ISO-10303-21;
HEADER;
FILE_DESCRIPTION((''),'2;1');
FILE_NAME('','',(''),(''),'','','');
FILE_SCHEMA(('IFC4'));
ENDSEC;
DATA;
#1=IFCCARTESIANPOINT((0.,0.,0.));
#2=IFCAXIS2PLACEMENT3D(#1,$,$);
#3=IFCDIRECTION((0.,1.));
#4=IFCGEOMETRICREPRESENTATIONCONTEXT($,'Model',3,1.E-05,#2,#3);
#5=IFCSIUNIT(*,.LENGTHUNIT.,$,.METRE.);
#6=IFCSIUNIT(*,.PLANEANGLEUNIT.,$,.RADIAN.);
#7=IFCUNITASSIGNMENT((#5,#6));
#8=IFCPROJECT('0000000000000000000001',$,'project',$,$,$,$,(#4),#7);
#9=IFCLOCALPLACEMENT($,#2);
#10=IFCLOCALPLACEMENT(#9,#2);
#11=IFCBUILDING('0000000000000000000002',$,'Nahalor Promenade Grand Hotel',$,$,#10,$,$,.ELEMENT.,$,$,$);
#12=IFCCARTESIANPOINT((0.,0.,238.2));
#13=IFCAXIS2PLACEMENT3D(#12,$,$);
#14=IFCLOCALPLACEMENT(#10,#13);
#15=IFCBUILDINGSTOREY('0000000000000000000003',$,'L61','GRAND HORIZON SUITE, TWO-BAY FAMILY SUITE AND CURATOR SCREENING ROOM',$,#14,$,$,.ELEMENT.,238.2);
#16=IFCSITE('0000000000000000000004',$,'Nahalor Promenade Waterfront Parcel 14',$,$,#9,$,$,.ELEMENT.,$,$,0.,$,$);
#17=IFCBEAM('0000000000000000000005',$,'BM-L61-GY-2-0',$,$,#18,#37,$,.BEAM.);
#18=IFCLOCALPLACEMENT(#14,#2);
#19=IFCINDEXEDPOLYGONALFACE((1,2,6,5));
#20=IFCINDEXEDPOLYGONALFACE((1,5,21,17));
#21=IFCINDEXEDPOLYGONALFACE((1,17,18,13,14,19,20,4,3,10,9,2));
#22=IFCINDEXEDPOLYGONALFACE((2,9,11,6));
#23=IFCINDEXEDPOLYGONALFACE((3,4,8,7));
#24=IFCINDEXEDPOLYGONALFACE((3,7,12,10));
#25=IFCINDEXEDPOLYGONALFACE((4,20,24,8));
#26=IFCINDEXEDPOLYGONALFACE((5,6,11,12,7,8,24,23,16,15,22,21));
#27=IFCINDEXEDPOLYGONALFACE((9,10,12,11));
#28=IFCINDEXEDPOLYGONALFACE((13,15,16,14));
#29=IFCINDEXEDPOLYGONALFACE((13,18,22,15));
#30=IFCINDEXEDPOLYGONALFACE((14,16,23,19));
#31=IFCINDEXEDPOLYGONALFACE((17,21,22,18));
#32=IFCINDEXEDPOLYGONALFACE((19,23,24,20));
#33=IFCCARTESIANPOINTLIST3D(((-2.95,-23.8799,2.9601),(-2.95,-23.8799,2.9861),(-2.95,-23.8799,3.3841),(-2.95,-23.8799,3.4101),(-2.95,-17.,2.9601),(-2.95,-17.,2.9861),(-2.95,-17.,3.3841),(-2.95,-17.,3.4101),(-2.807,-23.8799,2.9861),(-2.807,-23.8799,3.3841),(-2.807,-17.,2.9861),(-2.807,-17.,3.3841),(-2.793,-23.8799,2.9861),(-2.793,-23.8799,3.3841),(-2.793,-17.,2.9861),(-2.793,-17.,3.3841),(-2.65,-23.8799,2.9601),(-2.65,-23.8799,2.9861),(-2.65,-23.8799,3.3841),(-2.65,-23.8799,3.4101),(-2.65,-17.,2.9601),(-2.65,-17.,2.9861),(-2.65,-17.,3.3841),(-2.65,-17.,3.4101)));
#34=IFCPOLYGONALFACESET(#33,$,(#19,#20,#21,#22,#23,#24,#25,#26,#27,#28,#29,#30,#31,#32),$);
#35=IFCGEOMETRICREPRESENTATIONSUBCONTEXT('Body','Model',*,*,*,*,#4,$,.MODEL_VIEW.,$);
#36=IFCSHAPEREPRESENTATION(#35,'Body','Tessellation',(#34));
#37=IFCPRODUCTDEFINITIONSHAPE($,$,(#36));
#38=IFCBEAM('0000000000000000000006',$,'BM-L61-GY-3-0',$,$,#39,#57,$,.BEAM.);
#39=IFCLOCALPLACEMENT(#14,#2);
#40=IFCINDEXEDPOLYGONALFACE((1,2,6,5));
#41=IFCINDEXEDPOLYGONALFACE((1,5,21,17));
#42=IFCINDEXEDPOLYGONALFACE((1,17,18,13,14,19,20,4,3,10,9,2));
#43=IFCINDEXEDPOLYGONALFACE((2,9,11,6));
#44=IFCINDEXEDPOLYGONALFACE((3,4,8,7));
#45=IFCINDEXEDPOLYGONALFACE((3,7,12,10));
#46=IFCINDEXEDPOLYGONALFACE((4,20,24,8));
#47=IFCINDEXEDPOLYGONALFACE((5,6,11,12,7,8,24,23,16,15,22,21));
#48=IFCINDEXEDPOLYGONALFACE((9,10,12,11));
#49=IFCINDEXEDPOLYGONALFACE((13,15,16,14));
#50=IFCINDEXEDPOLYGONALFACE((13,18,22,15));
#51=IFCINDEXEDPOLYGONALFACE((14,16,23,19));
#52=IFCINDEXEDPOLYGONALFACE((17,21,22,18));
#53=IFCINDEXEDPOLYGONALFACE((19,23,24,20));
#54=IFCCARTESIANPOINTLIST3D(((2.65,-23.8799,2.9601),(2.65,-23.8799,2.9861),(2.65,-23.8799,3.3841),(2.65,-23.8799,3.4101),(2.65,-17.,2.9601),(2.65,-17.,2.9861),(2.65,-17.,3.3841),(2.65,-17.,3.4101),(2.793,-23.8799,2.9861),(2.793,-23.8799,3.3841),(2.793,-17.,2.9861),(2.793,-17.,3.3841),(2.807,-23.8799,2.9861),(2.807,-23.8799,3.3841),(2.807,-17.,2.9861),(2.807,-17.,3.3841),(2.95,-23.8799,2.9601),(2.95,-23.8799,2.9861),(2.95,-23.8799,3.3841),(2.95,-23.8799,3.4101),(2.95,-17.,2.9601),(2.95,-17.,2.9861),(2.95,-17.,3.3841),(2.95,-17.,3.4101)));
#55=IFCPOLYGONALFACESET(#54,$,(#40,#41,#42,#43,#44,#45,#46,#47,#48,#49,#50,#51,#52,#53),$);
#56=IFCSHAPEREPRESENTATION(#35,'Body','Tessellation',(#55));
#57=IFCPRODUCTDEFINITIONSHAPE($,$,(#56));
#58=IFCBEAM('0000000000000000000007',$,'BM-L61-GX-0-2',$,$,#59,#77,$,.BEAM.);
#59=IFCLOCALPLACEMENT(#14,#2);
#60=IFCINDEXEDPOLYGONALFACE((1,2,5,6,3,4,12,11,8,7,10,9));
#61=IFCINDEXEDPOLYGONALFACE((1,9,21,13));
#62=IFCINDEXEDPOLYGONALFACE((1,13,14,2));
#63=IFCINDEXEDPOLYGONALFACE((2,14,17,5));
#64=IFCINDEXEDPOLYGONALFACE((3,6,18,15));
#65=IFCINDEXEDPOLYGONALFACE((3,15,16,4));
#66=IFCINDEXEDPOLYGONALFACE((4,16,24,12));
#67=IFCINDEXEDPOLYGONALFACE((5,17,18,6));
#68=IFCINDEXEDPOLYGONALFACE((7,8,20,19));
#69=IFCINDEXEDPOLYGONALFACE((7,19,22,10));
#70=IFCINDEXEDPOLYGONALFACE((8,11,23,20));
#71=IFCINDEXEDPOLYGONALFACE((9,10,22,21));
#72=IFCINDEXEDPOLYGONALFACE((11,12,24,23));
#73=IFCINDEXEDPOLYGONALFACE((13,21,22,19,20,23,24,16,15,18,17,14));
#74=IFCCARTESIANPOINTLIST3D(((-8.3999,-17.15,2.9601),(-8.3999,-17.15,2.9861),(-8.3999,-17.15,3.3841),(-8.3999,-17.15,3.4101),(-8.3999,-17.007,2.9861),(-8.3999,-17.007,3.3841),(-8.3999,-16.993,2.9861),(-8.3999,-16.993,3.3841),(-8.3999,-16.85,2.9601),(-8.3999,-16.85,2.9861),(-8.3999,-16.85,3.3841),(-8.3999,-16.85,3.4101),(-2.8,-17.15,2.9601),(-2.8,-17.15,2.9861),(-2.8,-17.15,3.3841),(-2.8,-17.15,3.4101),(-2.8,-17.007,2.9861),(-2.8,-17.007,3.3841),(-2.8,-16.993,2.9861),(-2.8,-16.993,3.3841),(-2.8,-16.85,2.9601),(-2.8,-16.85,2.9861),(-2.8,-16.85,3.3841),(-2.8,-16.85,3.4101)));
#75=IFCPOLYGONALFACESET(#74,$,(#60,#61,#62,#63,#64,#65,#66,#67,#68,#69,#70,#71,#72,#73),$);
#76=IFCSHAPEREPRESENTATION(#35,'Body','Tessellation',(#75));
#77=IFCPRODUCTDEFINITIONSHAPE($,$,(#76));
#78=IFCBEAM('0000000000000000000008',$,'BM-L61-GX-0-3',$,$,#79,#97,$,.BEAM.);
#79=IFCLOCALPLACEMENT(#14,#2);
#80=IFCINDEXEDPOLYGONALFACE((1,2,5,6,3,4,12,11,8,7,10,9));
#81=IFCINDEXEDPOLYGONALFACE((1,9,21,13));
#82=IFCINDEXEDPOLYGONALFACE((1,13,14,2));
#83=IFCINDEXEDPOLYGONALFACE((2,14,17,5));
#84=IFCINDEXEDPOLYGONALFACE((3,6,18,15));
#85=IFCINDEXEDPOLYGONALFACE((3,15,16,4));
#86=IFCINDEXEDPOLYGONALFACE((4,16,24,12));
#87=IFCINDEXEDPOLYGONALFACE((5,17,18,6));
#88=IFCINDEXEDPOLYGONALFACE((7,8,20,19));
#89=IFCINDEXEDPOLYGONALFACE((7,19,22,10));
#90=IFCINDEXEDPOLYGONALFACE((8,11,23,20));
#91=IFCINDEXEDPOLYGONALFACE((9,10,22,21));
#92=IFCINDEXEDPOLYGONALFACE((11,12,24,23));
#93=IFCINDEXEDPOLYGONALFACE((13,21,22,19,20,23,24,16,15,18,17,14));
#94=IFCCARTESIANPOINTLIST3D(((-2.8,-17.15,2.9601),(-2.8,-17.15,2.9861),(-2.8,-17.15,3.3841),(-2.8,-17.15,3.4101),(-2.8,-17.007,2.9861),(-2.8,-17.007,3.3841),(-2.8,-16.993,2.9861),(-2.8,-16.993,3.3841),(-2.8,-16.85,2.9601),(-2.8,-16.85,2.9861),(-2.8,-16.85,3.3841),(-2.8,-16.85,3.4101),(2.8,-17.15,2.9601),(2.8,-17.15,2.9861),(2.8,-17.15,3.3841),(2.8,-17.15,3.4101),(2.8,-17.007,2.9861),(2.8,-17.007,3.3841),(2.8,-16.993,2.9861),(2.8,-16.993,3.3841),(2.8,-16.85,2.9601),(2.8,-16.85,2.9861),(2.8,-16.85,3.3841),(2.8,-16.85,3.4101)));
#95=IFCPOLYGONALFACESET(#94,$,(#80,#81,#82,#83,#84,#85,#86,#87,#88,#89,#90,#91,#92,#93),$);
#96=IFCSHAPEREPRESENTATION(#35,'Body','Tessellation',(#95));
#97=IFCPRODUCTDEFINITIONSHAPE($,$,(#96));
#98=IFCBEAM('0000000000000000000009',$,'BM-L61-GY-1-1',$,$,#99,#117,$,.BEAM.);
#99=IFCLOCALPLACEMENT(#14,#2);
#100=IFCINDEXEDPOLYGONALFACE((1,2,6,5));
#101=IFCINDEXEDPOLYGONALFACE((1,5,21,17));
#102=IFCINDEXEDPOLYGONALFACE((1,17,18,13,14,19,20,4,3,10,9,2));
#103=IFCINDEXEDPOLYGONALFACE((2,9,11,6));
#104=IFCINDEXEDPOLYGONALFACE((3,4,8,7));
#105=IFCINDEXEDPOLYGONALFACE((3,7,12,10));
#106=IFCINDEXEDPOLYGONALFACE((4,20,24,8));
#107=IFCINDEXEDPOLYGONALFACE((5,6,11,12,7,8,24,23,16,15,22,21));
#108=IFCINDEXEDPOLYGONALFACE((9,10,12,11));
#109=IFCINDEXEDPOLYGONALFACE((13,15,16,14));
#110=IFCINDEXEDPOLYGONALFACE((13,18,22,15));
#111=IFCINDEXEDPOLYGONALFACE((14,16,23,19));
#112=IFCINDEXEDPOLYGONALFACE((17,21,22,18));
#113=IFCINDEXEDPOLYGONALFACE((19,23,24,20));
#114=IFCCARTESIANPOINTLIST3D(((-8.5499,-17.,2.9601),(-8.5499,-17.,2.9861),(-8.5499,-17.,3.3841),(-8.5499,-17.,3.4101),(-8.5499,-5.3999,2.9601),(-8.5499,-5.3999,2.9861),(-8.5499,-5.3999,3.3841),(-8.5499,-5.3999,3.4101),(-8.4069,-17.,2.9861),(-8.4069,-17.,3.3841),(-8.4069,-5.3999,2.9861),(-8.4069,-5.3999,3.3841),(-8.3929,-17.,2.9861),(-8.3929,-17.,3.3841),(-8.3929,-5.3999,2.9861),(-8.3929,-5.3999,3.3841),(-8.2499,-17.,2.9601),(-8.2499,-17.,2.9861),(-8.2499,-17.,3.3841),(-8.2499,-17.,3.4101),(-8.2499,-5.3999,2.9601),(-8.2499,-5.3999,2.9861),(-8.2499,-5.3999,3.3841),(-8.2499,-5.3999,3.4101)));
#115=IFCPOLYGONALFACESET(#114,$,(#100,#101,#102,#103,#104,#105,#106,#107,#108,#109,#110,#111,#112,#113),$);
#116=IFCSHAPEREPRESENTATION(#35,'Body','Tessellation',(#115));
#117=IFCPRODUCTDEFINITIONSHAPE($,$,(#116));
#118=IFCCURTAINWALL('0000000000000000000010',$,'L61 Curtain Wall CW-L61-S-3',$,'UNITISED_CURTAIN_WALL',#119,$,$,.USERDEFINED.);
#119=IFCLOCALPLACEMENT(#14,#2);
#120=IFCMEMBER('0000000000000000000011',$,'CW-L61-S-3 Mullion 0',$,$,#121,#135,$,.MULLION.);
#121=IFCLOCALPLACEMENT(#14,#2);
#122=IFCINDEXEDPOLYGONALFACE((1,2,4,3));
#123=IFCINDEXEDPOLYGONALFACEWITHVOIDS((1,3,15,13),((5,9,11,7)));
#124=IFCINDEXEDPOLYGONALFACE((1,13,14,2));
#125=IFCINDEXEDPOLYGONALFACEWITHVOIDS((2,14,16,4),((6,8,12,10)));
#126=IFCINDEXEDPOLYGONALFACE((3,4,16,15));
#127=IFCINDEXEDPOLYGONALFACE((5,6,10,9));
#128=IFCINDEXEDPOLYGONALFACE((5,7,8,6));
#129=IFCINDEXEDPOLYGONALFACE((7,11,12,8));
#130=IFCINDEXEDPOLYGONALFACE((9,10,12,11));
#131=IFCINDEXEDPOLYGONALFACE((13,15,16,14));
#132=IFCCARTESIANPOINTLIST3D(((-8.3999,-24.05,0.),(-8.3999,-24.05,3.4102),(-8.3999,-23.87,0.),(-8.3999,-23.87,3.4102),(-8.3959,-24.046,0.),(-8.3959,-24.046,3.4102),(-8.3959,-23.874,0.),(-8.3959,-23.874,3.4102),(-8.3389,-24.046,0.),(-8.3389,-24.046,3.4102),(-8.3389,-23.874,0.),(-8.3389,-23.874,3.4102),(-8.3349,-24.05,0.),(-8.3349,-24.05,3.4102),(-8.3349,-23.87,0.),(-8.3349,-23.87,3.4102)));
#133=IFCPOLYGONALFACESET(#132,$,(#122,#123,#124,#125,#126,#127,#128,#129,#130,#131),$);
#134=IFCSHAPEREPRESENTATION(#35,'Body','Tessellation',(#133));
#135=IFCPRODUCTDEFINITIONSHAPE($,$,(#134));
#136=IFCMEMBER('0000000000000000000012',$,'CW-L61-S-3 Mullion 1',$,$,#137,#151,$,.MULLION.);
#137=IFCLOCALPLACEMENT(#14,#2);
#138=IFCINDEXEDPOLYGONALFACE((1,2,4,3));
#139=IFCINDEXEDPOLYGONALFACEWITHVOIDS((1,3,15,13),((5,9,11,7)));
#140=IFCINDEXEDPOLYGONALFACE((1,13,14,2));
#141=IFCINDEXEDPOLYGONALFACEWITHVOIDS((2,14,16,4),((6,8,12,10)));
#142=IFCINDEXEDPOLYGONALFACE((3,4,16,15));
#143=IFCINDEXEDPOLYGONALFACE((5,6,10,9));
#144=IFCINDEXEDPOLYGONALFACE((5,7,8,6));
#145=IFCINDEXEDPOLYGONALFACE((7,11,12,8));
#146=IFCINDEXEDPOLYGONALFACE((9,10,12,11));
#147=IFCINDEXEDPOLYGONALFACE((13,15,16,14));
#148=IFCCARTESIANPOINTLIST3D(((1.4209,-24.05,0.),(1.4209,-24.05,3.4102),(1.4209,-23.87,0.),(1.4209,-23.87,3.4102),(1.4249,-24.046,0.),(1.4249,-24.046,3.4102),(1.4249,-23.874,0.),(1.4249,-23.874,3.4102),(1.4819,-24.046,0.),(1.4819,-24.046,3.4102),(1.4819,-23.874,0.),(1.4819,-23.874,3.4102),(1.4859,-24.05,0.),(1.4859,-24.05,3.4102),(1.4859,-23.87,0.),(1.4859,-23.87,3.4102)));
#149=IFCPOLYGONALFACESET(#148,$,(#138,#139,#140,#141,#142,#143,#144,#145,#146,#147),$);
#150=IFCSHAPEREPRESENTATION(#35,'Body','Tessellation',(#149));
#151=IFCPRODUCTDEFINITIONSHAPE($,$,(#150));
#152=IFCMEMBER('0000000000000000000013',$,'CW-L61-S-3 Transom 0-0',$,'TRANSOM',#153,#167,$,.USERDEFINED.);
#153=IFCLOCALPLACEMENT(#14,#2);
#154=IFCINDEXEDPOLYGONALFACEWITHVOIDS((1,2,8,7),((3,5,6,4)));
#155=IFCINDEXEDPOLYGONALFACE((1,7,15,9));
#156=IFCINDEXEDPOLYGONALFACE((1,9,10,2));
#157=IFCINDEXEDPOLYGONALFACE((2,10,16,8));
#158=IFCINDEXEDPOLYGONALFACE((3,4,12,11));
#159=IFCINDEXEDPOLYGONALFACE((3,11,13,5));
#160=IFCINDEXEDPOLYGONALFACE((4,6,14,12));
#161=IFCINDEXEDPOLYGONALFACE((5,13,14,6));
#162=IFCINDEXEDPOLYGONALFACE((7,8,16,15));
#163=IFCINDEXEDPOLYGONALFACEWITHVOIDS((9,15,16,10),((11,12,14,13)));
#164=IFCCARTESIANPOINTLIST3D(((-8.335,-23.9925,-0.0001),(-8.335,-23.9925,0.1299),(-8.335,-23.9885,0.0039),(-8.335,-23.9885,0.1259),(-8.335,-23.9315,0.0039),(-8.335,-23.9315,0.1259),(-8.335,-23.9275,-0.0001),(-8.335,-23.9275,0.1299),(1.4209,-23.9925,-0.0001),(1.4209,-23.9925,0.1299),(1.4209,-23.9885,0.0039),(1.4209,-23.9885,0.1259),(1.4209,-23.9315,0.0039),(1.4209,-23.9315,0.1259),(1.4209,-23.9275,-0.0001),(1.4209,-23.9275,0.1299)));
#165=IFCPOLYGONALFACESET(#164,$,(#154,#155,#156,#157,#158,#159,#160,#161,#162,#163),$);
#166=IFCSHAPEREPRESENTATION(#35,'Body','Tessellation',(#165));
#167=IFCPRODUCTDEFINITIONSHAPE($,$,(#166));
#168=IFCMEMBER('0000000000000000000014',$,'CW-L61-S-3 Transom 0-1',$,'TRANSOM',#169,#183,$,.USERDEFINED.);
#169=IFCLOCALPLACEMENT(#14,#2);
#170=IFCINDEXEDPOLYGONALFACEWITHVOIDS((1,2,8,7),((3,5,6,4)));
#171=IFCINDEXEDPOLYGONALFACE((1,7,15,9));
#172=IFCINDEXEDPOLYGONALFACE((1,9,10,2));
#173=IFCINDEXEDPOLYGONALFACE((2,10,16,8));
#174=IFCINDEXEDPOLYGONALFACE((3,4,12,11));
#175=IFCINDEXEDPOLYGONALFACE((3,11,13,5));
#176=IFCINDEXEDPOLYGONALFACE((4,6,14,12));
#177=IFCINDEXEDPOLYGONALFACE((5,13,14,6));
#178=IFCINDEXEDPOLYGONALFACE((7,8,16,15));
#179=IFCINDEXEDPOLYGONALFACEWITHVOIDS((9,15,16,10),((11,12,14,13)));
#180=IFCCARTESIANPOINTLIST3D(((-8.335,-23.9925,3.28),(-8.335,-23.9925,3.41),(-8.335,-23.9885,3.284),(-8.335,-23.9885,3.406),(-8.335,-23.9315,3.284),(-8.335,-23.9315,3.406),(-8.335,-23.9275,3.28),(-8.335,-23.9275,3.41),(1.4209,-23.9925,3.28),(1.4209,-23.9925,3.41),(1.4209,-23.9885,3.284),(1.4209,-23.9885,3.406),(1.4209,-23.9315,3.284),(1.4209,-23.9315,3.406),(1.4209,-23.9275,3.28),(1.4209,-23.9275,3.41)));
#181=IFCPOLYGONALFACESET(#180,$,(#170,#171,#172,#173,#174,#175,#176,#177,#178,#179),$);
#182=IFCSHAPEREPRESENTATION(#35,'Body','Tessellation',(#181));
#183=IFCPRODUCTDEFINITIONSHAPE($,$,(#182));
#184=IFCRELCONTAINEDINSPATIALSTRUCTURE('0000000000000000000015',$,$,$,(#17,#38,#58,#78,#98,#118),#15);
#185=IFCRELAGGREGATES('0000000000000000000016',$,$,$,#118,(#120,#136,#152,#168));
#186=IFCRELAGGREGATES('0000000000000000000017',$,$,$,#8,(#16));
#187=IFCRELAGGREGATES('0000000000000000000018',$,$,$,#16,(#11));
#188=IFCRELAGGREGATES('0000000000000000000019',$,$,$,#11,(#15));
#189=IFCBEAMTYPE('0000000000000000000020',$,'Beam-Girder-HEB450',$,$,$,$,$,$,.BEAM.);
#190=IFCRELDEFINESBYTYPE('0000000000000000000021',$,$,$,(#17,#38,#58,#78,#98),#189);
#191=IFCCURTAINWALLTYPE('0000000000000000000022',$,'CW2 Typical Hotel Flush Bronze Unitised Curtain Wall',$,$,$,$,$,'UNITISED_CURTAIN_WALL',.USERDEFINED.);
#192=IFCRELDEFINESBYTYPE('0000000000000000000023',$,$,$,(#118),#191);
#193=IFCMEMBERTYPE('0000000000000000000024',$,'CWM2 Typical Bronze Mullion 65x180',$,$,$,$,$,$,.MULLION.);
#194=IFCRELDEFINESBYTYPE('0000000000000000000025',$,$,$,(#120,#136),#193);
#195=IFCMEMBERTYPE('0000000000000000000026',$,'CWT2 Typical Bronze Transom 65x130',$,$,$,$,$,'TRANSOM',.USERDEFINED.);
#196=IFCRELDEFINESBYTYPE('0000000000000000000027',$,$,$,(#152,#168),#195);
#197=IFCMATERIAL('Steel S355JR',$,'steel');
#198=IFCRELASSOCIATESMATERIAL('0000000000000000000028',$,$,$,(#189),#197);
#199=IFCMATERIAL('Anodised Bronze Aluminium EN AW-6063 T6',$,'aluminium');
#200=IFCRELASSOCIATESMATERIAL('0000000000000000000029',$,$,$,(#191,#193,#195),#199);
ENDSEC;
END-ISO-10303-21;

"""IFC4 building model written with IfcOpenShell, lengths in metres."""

from ifc_helpers import new_model, si_unit, direction, frame, origin, origin_2d, place, context, subcontext, project, spatial, hollow_rectangle, i_section, extrude, source, transform, mapped, material, material_profile, profile_set, type_object, element, aggregate, save


model = new_model("IFC4")

# Units and contexts
model_context = context("Model", 3, precision=1e-05, world=origin(), true_north=direction((0.0, 1.0)))
body_context = subcontext(model_context, "Body", "Model", "MODEL_VIEW")
ifc_project = project(units=[si_unit("LENGTHUNIT", "METRE"), si_unit("PLANEANGLEUNIT", "RADIAN")], contexts=[model_context])

# Site, building, storey
site_placement = place(None, origin())
site = spatial("IfcSite", under=ifc_project, at=site_placement, Name="Nahalor Promenade Waterfront Parcel 14", CompositionType="ELEMENT", RefElevation=0.0)
building_placement = place(site_placement, origin())
building = spatial("IfcBuilding", under=site, at=building_placement, Name="Nahalor Promenade Grand Hotel", CompositionType="ELEMENT")
storey_placement = place(building_placement, frame((0.0, 0.0, 238.2)))
storey = spatial("IfcBuildingStorey", under=building, at=storey_placement, Name="L61", Description="GRAND HORIZON SUITE, TWO-BAY FAMILY SUITE AND CURATOR SCREENING ROOM", CompositionType="ELEMENT", Elevation=238.2)

# Shared definitions
ifc_material_1 = material(Name="Steel S355JR", Category="steel")

# Beams
ifc_material_profile_1 = material_profile(ifc_material_1, i_section(OverallWidth=0.3, OverallDepth=0.45, WebThickness=0.014, FlangeThickness=0.026, at=origin_2d()), Name="HEB 450")
ifc_profile_set_1 = profile_set([ifc_material_profile_1], Name="Steel S355JR")
beam_type_1 = type_object("IfcBeamType", Name="Beam-Girder-HEB450", PredefinedType="BEAM", material=ifc_profile_set_1)
shared_shape_1 = source(origin(), body_context, "Body", "SweptSolid", [
    extrude(i_section(OverallWidth=0.3, OverallDepth=0.45, WebThickness=0.014, FlangeThickness=0.026, at=origin_2d()), origin(), (0.0, 0.0, 1.0), 6.8799),
])
for number, where, z_axis, x_axis, name in (
    (1, (-2.8, -23.8799, 3.1851), (0.0, 1.0, 0.0), (-1.0, 0.0, 0.0), "BM-L61-GY-2-0"),
    (2, (2.8, -23.8799, 3.1851), (0.0, 1.0, 0.0), (-1.0, 0.0, 0.0), "BM-L61-GY-3-0"),
):
    element("IfcBeam", number, at=place(storey_placement, frame(where, z_axis=z_axis, x_axis=x_axis)), inside=storey, type_object=beam_type_1, Name=name, PredefinedType="BEAM", context=body_context, shape_type="MappedRepresentation", body=[
        mapped(shared_shape_1, transform((0.0, 0.0, 0.0), scale=1.0)),
    ])
shared_shape_2 = source(origin(), body_context, "Body", "SweptSolid", [
    extrude(i_section(OverallWidth=0.3, OverallDepth=0.45, WebThickness=0.014, FlangeThickness=0.026, at=origin_2d()), origin(), (0.0, 0.0, 1.0), 5.5999),
])
beam_1_placement = place(storey_placement, frame((-8.3999, -17.0, 3.1851), z_axis=(1.0, 0.0, 0.0), x_axis=(0.0, 1.0, 0.0)))
element("IfcBeam", 3, at=beam_1_placement, inside=storey, type_object=beam_type_1, Name="BM-L61-GX-0-2", PredefinedType="BEAM", context=body_context, shape_type="MappedRepresentation", body=[
    mapped(shared_shape_2, transform((0.0, 0.0, 0.0), scale=1.0)),
])
shared_shape_3 = source(origin(), body_context, "Body", "SweptSolid", [
    extrude(i_section(OverallWidth=0.3, OverallDepth=0.45, WebThickness=0.014, FlangeThickness=0.026, at=origin_2d()), origin(), (0.0, 0.0, 1.0), 5.6001),
])
beam_2_placement = place(storey_placement, frame((-2.8, -17.0, 3.1851), z_axis=(1.0, 0.0, 0.0), x_axis=(0.0, 1.0, 0.0)))
element("IfcBeam", 4, at=beam_2_placement, inside=storey, type_object=beam_type_1, Name="BM-L61-GX-0-3", PredefinedType="BEAM", context=body_context, shape_type="MappedRepresentation", body=[
    mapped(shared_shape_3, transform((0.0, 0.0, 0.0), scale=1.0)),
])
shared_shape_4 = source(origin(), body_context, "Body", "SweptSolid", [
    extrude(i_section(OverallWidth=0.3, OverallDepth=0.45, WebThickness=0.014, FlangeThickness=0.026, at=origin_2d()), origin(), (0.0, 0.0, 1.0), 11.6001),
])
beam_3_placement = place(storey_placement, frame((-8.3999, -17.0, 3.1851), z_axis=(0.0, 1.0, 0.0), x_axis=(-1.0, 0.0, 0.0)))
element("IfcBeam", 5, at=beam_3_placement, inside=storey, type_object=beam_type_1, Name="BM-L61-GY-1-1", PredefinedType="BEAM", context=body_context, shape_type="MappedRepresentation", body=[
    mapped(shared_shape_4, transform((0.0, 0.0, 0.0), scale=1.0)),
])

# Curtain wall, members
ifc_material_2 = material(Name="Anodised Bronze Aluminium EN AW-6063 T6", Category="aluminium")
curtain_wall_type = type_object("IfcCurtainWallType", Name="CW2 Typical Hotel Flush Bronze Unitised Curtain Wall", ElementType="UNITISED_CURTAIN_WALL", PredefinedType="USERDEFINED", material=ifc_material_2)
curtain_wall_placement = place(storey_placement, origin())
curtain_wall = element("IfcCurtainWall", 6, at=curtain_wall_placement, inside=storey, type_object=curtain_wall_type, Name="L61 Curtain Wall CW-L61-S-3", ObjectType="UNITISED_CURTAIN_WALL", PredefinedType="USERDEFINED")
ifc_material_profile_2 = material_profile(ifc_material_2, hollow_rectangle(XDim=0.065, YDim=0.18, WallThickness=0.004, at=origin_2d()), Name="CWM 65x180x4")
ifc_profile_set_2 = profile_set([ifc_material_profile_2], Name="Anodised Bronze Aluminium EN AW-6063 T6")
member_type_1 = type_object("IfcMemberType", Name="CWM2 Typical Bronze Mullion 65x180", PredefinedType="MULLION", material=ifc_profile_set_2)
shared_shape_5 = source(origin(), body_context, "Body", "SweptSolid", [
    extrude(hollow_rectangle(XDim=0.065, YDim=0.18, WallThickness=0.004, at=origin_2d()), origin(), (0.0, 0.0, 1.0), 3.4102),
])
member_1_placement = place(storey_placement, frame((-8.3674, -23.96, 0.0), z_axis=(0.0, 0.0, 1.0), x_axis=(1.0, 0.0, 0.0)))
member_1 = element("IfcMember", 7, at=member_1_placement, type_object=member_type_1, Name="CW-L61-S-3 Mullion 0", PredefinedType="MULLION", context=body_context, shape_type="MappedRepresentation", body=[
    mapped(shared_shape_5, transform((0.0, 0.0, 0.0), scale=1.0)),
])
member_2_placement = place(storey_placement, frame((1.4534, -23.96, 0.0), z_axis=(0.0, 0.0, 1.0), x_axis=(1.0, 0.0, 0.0)))
member_2 = element("IfcMember", 8, at=member_2_placement, type_object=member_type_1, Name="CW-L61-S-3 Mullion 1", PredefinedType="MULLION", context=body_context, shape_type="MappedRepresentation", body=[
    mapped(shared_shape_5, transform((0.0, 0.0, 0.0), scale=1.0)),
])
ifc_material_profile_3 = material_profile(ifc_material_2, hollow_rectangle(XDim=0.065, YDim=0.13, WallThickness=0.004, at=origin_2d()), Name="CWT 65x130x4")
ifc_profile_set_3 = profile_set([ifc_material_profile_3], Name="Anodised Bronze Aluminium EN AW-6063 T6")
member_type_2 = type_object("IfcMemberType", Name="CWT2 Typical Bronze Transom 65x130", ElementType="TRANSOM", PredefinedType="USERDEFINED", material=ifc_profile_set_3)
shared_shape_6 = source(origin(), body_context, "Body", "SweptSolid", [
    extrude(hollow_rectangle(XDim=0.065, YDim=0.13, WallThickness=0.004, at=origin_2d()), origin(), (0.0, 0.0, 1.0), 9.7559),
])
member_3_placement = place(storey_placement, frame((-8.335, -23.96, 0.0649), z_axis=(1.0, 0.0, 0.0), x_axis=(0.0, 1.0, 0.0)))
member_3 = element("IfcMember", 9, at=member_3_placement, type_object=member_type_2, Name="CW-L61-S-3 Transom 0-0", ObjectType="TRANSOM", PredefinedType="USERDEFINED", context=body_context, shape_type="MappedRepresentation", body=[
    mapped(shared_shape_6, transform((0.0, 0.0, 0.0), scale=1.0)),
])
member_4_placement = place(storey_placement, frame((-8.335, -23.96, 3.345), z_axis=(1.0, 0.0, 0.0), x_axis=(0.0, 1.0, 0.0)))
member_4 = element("IfcMember", 10, at=member_4_placement, type_object=member_type_2, Name="CW-L61-S-3 Transom 0-1", ObjectType="TRANSOM", PredefinedType="USERDEFINED", context=body_context, shape_type="MappedRepresentation", body=[
    mapped(shared_shape_6, transform((0.0, 0.0, 0.0), scale=1.0)),
])
aggregate(curtain_wall, [member_1, member_2, member_3, member_4])

save(model, "model.ifc")
